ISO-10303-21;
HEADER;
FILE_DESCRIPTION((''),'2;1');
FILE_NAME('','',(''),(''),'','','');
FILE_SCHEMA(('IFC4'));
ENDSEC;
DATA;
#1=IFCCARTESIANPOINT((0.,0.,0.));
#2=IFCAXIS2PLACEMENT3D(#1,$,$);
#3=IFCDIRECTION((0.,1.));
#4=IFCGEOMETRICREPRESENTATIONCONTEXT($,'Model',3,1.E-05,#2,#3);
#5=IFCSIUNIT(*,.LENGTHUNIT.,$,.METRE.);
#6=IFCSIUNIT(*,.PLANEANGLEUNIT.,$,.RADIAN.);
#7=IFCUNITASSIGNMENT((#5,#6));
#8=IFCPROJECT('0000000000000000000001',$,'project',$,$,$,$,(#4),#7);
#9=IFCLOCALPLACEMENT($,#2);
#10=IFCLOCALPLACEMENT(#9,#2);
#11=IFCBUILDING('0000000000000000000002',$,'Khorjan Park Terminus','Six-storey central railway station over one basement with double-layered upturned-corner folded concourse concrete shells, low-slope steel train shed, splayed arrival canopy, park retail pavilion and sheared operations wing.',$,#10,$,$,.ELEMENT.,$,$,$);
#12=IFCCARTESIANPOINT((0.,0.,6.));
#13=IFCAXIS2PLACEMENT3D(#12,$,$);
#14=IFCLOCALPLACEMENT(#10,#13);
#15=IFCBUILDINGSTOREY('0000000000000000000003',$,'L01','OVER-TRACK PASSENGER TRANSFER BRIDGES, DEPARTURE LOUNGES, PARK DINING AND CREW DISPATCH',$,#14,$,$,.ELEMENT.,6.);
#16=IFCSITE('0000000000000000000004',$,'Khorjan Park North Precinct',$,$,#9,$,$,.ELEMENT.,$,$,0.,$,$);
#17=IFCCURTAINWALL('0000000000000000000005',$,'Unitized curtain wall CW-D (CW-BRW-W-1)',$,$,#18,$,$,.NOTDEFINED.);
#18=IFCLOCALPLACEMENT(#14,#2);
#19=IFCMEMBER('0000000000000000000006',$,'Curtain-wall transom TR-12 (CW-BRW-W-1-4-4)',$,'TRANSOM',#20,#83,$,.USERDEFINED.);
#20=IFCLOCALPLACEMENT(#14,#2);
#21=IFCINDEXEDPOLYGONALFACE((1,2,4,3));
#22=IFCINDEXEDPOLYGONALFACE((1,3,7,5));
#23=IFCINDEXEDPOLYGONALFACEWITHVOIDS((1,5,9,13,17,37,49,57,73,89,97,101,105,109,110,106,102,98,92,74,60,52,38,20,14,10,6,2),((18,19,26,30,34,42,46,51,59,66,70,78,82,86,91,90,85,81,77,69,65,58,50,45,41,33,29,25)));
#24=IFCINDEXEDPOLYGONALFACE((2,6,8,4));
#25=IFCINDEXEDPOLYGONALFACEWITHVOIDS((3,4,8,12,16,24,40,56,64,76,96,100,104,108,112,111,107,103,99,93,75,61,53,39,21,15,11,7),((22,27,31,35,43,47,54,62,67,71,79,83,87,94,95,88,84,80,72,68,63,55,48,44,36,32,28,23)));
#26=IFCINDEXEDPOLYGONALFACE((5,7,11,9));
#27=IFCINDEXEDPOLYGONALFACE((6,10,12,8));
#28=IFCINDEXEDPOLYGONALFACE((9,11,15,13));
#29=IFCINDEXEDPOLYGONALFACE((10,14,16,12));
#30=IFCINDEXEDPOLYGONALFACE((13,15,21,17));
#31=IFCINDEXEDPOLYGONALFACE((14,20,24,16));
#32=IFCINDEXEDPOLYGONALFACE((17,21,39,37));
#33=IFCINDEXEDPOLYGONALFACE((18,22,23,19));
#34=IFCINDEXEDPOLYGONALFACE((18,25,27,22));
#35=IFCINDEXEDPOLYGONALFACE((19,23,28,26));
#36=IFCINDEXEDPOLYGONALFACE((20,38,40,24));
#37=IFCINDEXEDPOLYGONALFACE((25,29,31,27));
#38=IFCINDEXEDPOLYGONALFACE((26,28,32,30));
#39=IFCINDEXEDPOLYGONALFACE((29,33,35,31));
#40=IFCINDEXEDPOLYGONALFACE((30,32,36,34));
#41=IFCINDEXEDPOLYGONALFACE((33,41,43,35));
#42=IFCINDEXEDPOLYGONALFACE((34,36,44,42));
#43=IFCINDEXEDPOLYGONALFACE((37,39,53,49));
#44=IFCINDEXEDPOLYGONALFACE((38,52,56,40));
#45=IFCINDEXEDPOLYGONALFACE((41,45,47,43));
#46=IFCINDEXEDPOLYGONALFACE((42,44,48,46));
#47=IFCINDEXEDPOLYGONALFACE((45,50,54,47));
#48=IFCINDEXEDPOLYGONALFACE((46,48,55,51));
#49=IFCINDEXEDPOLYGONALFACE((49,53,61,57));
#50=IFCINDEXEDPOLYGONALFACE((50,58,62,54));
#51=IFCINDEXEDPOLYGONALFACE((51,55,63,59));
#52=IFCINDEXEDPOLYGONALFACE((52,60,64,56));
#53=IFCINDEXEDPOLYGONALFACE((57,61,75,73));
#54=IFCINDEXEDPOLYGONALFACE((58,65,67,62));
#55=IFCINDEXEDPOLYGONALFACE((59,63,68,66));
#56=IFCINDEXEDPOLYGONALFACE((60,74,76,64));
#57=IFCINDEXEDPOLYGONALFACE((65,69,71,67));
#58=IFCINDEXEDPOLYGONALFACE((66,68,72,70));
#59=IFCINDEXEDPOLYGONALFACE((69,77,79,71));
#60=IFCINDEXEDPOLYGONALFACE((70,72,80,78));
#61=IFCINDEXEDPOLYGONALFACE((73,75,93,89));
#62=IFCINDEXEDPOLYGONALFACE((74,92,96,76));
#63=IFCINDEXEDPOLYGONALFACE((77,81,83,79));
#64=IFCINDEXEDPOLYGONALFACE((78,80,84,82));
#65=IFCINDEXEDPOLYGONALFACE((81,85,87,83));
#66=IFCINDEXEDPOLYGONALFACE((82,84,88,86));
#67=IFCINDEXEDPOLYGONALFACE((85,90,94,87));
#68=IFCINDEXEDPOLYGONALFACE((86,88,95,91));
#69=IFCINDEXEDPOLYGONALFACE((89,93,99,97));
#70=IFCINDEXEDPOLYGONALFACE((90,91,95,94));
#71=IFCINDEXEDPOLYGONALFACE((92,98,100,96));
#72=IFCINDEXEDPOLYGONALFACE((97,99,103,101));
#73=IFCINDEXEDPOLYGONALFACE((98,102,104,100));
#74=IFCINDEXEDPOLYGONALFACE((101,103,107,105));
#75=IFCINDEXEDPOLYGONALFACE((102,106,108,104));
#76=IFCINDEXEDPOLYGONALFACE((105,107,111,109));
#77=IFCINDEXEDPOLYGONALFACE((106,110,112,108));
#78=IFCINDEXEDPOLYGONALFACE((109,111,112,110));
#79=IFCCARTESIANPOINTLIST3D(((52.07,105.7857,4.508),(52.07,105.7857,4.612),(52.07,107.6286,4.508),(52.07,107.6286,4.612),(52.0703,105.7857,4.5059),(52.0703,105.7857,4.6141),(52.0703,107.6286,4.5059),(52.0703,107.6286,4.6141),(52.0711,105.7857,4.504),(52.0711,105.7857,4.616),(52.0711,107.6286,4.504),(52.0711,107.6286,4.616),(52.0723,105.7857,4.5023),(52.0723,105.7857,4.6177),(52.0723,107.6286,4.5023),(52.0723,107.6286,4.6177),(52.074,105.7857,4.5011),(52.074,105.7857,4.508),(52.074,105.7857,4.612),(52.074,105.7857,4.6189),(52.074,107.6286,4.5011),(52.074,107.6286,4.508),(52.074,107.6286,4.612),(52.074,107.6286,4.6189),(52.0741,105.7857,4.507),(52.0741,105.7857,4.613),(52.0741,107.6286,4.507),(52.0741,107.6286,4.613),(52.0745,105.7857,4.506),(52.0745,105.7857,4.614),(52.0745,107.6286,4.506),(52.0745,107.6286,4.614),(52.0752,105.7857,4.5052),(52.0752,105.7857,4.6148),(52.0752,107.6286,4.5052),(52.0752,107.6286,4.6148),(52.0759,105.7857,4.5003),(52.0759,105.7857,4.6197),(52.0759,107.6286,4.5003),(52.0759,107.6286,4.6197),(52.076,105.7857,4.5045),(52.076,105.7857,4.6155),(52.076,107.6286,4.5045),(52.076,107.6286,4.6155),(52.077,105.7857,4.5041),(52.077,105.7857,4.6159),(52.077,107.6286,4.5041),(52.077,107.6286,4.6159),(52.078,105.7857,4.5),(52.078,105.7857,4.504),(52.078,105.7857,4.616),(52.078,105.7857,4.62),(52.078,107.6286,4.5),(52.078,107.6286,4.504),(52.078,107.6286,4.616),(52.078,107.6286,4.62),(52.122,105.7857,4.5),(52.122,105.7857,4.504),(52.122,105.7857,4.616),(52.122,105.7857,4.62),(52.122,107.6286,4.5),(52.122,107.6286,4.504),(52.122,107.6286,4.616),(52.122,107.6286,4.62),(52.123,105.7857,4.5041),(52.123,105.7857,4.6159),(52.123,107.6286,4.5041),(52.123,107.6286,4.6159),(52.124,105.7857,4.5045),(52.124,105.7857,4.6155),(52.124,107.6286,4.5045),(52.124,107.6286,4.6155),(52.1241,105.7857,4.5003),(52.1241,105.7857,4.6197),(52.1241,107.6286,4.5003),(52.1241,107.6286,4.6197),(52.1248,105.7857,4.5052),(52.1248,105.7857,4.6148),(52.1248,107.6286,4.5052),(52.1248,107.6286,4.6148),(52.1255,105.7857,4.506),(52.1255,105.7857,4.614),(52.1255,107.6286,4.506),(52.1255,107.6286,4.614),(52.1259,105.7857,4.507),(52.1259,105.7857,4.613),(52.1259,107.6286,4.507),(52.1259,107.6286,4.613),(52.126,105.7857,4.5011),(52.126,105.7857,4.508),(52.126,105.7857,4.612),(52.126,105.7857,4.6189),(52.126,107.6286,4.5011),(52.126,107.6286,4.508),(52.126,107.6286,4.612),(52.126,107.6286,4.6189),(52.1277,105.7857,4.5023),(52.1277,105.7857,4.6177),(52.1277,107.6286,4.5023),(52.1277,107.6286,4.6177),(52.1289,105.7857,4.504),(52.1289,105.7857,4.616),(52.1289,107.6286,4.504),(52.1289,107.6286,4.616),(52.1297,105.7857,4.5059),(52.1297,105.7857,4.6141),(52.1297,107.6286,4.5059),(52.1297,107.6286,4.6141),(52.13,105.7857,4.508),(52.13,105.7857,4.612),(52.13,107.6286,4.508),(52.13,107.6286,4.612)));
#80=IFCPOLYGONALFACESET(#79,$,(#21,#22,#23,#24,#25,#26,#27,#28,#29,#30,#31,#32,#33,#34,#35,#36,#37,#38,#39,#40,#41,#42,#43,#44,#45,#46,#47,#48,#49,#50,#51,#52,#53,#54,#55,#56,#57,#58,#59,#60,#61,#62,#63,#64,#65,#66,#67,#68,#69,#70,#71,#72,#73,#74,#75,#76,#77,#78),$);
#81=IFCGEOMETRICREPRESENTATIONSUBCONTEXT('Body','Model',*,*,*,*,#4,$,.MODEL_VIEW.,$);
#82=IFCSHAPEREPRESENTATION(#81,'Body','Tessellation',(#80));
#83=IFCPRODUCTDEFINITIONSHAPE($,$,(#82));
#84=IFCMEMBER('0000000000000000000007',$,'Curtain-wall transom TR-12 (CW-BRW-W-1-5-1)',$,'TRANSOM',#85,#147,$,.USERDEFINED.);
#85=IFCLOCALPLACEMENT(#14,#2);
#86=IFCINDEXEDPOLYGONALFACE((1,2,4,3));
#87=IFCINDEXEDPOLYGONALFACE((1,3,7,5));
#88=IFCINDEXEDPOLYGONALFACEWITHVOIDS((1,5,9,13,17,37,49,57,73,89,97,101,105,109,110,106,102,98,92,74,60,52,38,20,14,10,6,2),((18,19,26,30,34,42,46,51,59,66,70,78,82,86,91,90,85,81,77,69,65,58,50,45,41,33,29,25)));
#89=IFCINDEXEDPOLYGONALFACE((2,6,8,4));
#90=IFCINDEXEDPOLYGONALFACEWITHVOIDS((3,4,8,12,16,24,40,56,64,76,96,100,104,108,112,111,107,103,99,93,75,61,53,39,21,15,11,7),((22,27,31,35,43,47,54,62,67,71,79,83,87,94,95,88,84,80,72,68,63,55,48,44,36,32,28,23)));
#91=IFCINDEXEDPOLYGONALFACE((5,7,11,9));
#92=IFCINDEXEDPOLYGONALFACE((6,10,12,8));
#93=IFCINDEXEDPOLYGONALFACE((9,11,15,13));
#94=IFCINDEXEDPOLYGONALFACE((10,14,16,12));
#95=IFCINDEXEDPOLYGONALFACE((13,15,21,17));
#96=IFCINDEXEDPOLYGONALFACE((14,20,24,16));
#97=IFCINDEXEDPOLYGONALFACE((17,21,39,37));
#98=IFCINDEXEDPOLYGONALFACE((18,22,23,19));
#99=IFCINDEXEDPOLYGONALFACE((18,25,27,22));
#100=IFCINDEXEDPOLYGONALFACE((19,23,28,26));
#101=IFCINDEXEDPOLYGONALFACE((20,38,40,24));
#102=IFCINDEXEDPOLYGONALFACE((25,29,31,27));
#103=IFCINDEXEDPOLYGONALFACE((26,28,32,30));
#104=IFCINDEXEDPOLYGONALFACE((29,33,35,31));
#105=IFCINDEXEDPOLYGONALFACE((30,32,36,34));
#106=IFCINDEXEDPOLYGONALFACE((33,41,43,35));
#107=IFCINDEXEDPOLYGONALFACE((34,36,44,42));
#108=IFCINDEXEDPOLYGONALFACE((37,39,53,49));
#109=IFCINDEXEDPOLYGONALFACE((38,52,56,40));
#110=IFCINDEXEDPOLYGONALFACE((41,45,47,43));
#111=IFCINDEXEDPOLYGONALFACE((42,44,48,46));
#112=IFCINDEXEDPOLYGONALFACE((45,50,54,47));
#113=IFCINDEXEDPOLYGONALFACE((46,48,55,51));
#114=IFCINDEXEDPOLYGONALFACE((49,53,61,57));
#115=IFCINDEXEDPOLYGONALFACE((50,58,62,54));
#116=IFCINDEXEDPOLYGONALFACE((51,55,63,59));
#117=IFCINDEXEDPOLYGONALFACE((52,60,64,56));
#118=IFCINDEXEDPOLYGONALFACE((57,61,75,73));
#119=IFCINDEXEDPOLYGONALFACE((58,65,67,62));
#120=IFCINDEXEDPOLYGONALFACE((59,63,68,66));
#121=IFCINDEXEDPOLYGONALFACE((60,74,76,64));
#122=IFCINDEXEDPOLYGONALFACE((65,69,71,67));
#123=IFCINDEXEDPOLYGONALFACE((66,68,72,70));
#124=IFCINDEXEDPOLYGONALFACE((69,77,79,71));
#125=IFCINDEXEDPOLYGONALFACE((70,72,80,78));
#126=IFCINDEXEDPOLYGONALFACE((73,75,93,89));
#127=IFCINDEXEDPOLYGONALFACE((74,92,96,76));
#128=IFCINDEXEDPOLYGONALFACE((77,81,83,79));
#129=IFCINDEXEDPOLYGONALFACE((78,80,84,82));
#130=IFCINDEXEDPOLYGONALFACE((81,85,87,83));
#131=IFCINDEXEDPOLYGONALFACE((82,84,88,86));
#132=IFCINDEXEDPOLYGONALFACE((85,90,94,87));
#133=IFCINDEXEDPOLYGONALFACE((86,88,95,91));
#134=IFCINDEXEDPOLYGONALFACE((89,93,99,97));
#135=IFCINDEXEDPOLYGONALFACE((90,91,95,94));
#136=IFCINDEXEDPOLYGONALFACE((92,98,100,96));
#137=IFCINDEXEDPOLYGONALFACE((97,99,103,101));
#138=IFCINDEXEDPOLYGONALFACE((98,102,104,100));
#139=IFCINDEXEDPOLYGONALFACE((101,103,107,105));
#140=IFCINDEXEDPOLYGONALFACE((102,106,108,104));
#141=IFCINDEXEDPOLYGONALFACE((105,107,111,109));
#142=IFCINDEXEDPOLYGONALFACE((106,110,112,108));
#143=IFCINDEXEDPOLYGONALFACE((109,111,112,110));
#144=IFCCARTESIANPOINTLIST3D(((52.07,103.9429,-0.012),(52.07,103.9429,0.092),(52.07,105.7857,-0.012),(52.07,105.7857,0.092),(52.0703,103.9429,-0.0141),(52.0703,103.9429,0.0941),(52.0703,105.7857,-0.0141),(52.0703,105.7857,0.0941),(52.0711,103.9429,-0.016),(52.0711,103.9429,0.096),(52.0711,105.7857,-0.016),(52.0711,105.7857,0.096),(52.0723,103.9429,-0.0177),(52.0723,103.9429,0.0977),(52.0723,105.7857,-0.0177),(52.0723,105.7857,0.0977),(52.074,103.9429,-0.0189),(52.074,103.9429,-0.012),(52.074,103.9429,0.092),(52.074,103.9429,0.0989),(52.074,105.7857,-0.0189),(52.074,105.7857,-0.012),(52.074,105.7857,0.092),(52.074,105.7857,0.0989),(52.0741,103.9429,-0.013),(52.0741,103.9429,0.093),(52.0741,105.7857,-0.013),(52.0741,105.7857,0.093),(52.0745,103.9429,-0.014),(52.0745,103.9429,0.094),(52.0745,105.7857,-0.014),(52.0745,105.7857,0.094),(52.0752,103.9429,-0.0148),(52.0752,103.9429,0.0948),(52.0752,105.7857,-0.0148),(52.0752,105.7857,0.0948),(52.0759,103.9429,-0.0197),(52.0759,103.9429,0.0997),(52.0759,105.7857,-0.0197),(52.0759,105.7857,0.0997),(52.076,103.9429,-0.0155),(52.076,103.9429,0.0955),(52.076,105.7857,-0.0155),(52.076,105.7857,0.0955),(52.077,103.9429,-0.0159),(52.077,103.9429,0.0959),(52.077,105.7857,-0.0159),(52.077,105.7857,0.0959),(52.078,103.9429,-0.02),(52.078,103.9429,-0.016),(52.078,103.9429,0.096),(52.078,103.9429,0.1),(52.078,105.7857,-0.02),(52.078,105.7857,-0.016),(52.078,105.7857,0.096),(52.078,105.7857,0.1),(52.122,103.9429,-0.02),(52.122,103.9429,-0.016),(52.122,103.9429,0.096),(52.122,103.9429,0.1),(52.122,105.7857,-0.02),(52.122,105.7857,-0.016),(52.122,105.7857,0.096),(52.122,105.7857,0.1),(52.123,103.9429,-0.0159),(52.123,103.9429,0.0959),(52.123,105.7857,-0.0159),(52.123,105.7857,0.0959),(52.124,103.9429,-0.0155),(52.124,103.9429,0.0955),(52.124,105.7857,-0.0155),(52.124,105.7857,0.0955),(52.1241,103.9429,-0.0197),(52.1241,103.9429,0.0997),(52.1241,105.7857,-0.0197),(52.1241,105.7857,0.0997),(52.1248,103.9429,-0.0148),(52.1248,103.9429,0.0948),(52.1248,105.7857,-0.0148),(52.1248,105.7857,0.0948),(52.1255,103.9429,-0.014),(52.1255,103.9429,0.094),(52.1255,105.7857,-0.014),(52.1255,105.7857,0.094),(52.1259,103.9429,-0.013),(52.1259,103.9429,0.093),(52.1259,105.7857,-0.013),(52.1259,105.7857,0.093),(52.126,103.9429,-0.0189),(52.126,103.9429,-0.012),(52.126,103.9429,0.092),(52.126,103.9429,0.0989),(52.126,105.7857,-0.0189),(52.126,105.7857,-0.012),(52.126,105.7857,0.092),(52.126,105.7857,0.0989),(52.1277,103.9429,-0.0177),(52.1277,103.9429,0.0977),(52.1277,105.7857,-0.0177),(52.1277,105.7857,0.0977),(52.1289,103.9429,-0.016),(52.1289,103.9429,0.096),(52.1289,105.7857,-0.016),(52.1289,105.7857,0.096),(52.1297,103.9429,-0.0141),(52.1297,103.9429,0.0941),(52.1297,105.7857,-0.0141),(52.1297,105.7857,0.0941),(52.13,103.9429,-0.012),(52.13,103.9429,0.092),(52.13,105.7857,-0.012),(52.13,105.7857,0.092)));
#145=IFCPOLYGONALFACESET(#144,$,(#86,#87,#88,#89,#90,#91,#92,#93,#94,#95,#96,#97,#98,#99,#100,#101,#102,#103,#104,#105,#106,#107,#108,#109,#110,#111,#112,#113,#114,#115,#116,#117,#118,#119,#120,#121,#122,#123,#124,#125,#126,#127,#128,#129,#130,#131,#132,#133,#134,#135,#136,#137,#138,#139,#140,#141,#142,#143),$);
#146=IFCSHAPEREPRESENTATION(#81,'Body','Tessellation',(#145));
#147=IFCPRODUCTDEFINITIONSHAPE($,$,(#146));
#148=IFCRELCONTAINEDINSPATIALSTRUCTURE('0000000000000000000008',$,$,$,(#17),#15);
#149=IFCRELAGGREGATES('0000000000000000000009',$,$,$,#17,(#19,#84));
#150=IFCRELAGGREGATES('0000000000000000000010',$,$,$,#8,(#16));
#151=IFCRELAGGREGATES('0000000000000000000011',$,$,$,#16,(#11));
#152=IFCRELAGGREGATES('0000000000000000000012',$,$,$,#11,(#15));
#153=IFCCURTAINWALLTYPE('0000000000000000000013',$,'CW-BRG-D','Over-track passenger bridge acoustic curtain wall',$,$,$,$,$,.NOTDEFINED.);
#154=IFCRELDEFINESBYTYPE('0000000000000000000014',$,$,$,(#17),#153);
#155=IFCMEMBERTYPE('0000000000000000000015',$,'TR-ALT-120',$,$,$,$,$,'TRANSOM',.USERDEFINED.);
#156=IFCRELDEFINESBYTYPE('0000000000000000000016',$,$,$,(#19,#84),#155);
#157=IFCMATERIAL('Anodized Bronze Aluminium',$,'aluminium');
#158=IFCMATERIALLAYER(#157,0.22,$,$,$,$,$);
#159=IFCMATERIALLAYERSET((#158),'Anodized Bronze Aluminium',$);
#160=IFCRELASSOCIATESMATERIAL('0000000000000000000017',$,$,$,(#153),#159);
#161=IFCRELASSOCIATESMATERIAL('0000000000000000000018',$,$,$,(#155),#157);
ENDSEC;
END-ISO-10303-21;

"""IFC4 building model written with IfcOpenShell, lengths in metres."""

from ifc_helpers import new_model, si_unit, direction, frame, origin, origin_2d, place, context, subcontext, project, spatial, hollow_rectangle, extrude, material, layer, layer_set, material_profile, profile_set, type_object, element, aggregate, save


model = new_model("IFC4")

# Units and contexts
model_context = context("Model", 3, precision=1e-05, world=origin(), true_north=direction((0.0, 1.0)))
body_context = subcontext(model_context, "Body", "Model", "MODEL_VIEW")
ifc_project = project(units=[si_unit("LENGTHUNIT", "METRE"), si_unit("PLANEANGLEUNIT", "RADIAN")], contexts=[model_context])

# Site, building, storey
site_placement = place(None, origin())
site = spatial("IfcSite", under=ifc_project, at=site_placement, Name="Khorjan Park North Precinct", CompositionType="ELEMENT", RefElevation=0.0)
building_placement = place(site_placement, origin())
building = spatial("IfcBuilding", under=site, at=building_placement, Name="Khorjan Park Terminus", Description="Six-storey central railway station over one basement with double-layered upturned-corner folded concourse concrete shells, low-slope steel train shed, splayed arrival canopy, park retail pavilion and sheared operations wing.", CompositionType="ELEMENT")
storey_placement = place(building_placement, frame((0.0, 0.0, 6.0)))
storey = spatial("IfcBuildingStorey", under=building, at=storey_placement, Name="L01", Description="OVER-TRACK PASSENGER TRANSFER BRIDGES, DEPARTURE LOUNGES, PARK DINING AND CREW DISPATCH", CompositionType="ELEMENT", Elevation=6.0)

# Curtain wall, members
ifc_material_1 = material(Name="Anodized Bronze Aluminium", Category="aluminium")
ifc_layer_1 = layer(ifc_material_1, 0.22)
ifc_layer_set_1 = layer_set([ifc_layer_1], Name="Anodized Bronze Aluminium")
curtain_wall_type = type_object("IfcCurtainWallType", Name="CW-BRG-D", Description="Over-track passenger bridge acoustic curtain wall", PredefinedType="NOTDEFINED", material=ifc_layer_set_1)
curtain_wall_placement = place(storey_placement, origin())
curtain_wall = element("IfcCurtainWall", 1, at=curtain_wall_placement, inside=storey, type_object=curtain_wall_type, Name="Unitized curtain wall CW-D (CW-BRW-W-1)", PredefinedType="NOTDEFINED")
ifc_material_profile_1 = material_profile(ifc_material_1, hollow_rectangle(XDim=0.06, YDim=0.12, WallThickness=0.004, InnerFilletRadius=0.004, OuterFilletRadius=0.008, at=origin_2d()), Name="ALT 60x120x4")
ifc_profile_set_1 = profile_set([ifc_material_profile_1], Name="Anodized Bronze Aluminium")
member_type_1 = type_object("IfcMemberType", Name="TR-ALT-120", ElementType="TRANSOM", PredefinedType="USERDEFINED", material=ifc_profile_set_1)
member_1_placement = place(storey_placement, frame((52.1, 107.6286, 4.56), z_axis=(0.0, -1.0, 0.0), x_axis=(1.0, 0.0, 0.0)))
member_1 = element("IfcMember", 2, at=member_1_placement, type_object=member_type_1, Name="Curtain-wall transom TR-12 (CW-BRW-W-1-4-4)", ObjectType="TRANSOM", PredefinedType="USERDEFINED", context=body_context, shape_type="SweptSolid", body=[
    extrude(hollow_rectangle(XDim=0.06, YDim=0.12, WallThickness=0.004, InnerFilletRadius=0.004, OuterFilletRadius=0.008, at=origin_2d()), origin(), (0.0, 0.0, 1.0), 1.8429),
])
member_2_placement = place(storey_placement, frame((52.1, 105.7857, 0.04), z_axis=(0.0, -1.0, 0.0), x_axis=(1.0, 0.0, 0.0)))
member_2 = element("IfcMember", 3, at=member_2_placement, type_object=member_type_1, Name="Curtain-wall transom TR-12 (CW-BRW-W-1-5-1)", ObjectType="TRANSOM", PredefinedType="USERDEFINED", context=body_context, shape_type="SweptSolid", body=[
    extrude(hollow_rectangle(XDim=0.06, YDim=0.12, WallThickness=0.004, InnerFilletRadius=0.004, OuterFilletRadius=0.008, at=origin_2d()), origin(), (0.0, 0.0, 1.0), 1.8428),
])
aggregate(curtain_wall, [member_1, member_2])

save(model, "model.ifc")
